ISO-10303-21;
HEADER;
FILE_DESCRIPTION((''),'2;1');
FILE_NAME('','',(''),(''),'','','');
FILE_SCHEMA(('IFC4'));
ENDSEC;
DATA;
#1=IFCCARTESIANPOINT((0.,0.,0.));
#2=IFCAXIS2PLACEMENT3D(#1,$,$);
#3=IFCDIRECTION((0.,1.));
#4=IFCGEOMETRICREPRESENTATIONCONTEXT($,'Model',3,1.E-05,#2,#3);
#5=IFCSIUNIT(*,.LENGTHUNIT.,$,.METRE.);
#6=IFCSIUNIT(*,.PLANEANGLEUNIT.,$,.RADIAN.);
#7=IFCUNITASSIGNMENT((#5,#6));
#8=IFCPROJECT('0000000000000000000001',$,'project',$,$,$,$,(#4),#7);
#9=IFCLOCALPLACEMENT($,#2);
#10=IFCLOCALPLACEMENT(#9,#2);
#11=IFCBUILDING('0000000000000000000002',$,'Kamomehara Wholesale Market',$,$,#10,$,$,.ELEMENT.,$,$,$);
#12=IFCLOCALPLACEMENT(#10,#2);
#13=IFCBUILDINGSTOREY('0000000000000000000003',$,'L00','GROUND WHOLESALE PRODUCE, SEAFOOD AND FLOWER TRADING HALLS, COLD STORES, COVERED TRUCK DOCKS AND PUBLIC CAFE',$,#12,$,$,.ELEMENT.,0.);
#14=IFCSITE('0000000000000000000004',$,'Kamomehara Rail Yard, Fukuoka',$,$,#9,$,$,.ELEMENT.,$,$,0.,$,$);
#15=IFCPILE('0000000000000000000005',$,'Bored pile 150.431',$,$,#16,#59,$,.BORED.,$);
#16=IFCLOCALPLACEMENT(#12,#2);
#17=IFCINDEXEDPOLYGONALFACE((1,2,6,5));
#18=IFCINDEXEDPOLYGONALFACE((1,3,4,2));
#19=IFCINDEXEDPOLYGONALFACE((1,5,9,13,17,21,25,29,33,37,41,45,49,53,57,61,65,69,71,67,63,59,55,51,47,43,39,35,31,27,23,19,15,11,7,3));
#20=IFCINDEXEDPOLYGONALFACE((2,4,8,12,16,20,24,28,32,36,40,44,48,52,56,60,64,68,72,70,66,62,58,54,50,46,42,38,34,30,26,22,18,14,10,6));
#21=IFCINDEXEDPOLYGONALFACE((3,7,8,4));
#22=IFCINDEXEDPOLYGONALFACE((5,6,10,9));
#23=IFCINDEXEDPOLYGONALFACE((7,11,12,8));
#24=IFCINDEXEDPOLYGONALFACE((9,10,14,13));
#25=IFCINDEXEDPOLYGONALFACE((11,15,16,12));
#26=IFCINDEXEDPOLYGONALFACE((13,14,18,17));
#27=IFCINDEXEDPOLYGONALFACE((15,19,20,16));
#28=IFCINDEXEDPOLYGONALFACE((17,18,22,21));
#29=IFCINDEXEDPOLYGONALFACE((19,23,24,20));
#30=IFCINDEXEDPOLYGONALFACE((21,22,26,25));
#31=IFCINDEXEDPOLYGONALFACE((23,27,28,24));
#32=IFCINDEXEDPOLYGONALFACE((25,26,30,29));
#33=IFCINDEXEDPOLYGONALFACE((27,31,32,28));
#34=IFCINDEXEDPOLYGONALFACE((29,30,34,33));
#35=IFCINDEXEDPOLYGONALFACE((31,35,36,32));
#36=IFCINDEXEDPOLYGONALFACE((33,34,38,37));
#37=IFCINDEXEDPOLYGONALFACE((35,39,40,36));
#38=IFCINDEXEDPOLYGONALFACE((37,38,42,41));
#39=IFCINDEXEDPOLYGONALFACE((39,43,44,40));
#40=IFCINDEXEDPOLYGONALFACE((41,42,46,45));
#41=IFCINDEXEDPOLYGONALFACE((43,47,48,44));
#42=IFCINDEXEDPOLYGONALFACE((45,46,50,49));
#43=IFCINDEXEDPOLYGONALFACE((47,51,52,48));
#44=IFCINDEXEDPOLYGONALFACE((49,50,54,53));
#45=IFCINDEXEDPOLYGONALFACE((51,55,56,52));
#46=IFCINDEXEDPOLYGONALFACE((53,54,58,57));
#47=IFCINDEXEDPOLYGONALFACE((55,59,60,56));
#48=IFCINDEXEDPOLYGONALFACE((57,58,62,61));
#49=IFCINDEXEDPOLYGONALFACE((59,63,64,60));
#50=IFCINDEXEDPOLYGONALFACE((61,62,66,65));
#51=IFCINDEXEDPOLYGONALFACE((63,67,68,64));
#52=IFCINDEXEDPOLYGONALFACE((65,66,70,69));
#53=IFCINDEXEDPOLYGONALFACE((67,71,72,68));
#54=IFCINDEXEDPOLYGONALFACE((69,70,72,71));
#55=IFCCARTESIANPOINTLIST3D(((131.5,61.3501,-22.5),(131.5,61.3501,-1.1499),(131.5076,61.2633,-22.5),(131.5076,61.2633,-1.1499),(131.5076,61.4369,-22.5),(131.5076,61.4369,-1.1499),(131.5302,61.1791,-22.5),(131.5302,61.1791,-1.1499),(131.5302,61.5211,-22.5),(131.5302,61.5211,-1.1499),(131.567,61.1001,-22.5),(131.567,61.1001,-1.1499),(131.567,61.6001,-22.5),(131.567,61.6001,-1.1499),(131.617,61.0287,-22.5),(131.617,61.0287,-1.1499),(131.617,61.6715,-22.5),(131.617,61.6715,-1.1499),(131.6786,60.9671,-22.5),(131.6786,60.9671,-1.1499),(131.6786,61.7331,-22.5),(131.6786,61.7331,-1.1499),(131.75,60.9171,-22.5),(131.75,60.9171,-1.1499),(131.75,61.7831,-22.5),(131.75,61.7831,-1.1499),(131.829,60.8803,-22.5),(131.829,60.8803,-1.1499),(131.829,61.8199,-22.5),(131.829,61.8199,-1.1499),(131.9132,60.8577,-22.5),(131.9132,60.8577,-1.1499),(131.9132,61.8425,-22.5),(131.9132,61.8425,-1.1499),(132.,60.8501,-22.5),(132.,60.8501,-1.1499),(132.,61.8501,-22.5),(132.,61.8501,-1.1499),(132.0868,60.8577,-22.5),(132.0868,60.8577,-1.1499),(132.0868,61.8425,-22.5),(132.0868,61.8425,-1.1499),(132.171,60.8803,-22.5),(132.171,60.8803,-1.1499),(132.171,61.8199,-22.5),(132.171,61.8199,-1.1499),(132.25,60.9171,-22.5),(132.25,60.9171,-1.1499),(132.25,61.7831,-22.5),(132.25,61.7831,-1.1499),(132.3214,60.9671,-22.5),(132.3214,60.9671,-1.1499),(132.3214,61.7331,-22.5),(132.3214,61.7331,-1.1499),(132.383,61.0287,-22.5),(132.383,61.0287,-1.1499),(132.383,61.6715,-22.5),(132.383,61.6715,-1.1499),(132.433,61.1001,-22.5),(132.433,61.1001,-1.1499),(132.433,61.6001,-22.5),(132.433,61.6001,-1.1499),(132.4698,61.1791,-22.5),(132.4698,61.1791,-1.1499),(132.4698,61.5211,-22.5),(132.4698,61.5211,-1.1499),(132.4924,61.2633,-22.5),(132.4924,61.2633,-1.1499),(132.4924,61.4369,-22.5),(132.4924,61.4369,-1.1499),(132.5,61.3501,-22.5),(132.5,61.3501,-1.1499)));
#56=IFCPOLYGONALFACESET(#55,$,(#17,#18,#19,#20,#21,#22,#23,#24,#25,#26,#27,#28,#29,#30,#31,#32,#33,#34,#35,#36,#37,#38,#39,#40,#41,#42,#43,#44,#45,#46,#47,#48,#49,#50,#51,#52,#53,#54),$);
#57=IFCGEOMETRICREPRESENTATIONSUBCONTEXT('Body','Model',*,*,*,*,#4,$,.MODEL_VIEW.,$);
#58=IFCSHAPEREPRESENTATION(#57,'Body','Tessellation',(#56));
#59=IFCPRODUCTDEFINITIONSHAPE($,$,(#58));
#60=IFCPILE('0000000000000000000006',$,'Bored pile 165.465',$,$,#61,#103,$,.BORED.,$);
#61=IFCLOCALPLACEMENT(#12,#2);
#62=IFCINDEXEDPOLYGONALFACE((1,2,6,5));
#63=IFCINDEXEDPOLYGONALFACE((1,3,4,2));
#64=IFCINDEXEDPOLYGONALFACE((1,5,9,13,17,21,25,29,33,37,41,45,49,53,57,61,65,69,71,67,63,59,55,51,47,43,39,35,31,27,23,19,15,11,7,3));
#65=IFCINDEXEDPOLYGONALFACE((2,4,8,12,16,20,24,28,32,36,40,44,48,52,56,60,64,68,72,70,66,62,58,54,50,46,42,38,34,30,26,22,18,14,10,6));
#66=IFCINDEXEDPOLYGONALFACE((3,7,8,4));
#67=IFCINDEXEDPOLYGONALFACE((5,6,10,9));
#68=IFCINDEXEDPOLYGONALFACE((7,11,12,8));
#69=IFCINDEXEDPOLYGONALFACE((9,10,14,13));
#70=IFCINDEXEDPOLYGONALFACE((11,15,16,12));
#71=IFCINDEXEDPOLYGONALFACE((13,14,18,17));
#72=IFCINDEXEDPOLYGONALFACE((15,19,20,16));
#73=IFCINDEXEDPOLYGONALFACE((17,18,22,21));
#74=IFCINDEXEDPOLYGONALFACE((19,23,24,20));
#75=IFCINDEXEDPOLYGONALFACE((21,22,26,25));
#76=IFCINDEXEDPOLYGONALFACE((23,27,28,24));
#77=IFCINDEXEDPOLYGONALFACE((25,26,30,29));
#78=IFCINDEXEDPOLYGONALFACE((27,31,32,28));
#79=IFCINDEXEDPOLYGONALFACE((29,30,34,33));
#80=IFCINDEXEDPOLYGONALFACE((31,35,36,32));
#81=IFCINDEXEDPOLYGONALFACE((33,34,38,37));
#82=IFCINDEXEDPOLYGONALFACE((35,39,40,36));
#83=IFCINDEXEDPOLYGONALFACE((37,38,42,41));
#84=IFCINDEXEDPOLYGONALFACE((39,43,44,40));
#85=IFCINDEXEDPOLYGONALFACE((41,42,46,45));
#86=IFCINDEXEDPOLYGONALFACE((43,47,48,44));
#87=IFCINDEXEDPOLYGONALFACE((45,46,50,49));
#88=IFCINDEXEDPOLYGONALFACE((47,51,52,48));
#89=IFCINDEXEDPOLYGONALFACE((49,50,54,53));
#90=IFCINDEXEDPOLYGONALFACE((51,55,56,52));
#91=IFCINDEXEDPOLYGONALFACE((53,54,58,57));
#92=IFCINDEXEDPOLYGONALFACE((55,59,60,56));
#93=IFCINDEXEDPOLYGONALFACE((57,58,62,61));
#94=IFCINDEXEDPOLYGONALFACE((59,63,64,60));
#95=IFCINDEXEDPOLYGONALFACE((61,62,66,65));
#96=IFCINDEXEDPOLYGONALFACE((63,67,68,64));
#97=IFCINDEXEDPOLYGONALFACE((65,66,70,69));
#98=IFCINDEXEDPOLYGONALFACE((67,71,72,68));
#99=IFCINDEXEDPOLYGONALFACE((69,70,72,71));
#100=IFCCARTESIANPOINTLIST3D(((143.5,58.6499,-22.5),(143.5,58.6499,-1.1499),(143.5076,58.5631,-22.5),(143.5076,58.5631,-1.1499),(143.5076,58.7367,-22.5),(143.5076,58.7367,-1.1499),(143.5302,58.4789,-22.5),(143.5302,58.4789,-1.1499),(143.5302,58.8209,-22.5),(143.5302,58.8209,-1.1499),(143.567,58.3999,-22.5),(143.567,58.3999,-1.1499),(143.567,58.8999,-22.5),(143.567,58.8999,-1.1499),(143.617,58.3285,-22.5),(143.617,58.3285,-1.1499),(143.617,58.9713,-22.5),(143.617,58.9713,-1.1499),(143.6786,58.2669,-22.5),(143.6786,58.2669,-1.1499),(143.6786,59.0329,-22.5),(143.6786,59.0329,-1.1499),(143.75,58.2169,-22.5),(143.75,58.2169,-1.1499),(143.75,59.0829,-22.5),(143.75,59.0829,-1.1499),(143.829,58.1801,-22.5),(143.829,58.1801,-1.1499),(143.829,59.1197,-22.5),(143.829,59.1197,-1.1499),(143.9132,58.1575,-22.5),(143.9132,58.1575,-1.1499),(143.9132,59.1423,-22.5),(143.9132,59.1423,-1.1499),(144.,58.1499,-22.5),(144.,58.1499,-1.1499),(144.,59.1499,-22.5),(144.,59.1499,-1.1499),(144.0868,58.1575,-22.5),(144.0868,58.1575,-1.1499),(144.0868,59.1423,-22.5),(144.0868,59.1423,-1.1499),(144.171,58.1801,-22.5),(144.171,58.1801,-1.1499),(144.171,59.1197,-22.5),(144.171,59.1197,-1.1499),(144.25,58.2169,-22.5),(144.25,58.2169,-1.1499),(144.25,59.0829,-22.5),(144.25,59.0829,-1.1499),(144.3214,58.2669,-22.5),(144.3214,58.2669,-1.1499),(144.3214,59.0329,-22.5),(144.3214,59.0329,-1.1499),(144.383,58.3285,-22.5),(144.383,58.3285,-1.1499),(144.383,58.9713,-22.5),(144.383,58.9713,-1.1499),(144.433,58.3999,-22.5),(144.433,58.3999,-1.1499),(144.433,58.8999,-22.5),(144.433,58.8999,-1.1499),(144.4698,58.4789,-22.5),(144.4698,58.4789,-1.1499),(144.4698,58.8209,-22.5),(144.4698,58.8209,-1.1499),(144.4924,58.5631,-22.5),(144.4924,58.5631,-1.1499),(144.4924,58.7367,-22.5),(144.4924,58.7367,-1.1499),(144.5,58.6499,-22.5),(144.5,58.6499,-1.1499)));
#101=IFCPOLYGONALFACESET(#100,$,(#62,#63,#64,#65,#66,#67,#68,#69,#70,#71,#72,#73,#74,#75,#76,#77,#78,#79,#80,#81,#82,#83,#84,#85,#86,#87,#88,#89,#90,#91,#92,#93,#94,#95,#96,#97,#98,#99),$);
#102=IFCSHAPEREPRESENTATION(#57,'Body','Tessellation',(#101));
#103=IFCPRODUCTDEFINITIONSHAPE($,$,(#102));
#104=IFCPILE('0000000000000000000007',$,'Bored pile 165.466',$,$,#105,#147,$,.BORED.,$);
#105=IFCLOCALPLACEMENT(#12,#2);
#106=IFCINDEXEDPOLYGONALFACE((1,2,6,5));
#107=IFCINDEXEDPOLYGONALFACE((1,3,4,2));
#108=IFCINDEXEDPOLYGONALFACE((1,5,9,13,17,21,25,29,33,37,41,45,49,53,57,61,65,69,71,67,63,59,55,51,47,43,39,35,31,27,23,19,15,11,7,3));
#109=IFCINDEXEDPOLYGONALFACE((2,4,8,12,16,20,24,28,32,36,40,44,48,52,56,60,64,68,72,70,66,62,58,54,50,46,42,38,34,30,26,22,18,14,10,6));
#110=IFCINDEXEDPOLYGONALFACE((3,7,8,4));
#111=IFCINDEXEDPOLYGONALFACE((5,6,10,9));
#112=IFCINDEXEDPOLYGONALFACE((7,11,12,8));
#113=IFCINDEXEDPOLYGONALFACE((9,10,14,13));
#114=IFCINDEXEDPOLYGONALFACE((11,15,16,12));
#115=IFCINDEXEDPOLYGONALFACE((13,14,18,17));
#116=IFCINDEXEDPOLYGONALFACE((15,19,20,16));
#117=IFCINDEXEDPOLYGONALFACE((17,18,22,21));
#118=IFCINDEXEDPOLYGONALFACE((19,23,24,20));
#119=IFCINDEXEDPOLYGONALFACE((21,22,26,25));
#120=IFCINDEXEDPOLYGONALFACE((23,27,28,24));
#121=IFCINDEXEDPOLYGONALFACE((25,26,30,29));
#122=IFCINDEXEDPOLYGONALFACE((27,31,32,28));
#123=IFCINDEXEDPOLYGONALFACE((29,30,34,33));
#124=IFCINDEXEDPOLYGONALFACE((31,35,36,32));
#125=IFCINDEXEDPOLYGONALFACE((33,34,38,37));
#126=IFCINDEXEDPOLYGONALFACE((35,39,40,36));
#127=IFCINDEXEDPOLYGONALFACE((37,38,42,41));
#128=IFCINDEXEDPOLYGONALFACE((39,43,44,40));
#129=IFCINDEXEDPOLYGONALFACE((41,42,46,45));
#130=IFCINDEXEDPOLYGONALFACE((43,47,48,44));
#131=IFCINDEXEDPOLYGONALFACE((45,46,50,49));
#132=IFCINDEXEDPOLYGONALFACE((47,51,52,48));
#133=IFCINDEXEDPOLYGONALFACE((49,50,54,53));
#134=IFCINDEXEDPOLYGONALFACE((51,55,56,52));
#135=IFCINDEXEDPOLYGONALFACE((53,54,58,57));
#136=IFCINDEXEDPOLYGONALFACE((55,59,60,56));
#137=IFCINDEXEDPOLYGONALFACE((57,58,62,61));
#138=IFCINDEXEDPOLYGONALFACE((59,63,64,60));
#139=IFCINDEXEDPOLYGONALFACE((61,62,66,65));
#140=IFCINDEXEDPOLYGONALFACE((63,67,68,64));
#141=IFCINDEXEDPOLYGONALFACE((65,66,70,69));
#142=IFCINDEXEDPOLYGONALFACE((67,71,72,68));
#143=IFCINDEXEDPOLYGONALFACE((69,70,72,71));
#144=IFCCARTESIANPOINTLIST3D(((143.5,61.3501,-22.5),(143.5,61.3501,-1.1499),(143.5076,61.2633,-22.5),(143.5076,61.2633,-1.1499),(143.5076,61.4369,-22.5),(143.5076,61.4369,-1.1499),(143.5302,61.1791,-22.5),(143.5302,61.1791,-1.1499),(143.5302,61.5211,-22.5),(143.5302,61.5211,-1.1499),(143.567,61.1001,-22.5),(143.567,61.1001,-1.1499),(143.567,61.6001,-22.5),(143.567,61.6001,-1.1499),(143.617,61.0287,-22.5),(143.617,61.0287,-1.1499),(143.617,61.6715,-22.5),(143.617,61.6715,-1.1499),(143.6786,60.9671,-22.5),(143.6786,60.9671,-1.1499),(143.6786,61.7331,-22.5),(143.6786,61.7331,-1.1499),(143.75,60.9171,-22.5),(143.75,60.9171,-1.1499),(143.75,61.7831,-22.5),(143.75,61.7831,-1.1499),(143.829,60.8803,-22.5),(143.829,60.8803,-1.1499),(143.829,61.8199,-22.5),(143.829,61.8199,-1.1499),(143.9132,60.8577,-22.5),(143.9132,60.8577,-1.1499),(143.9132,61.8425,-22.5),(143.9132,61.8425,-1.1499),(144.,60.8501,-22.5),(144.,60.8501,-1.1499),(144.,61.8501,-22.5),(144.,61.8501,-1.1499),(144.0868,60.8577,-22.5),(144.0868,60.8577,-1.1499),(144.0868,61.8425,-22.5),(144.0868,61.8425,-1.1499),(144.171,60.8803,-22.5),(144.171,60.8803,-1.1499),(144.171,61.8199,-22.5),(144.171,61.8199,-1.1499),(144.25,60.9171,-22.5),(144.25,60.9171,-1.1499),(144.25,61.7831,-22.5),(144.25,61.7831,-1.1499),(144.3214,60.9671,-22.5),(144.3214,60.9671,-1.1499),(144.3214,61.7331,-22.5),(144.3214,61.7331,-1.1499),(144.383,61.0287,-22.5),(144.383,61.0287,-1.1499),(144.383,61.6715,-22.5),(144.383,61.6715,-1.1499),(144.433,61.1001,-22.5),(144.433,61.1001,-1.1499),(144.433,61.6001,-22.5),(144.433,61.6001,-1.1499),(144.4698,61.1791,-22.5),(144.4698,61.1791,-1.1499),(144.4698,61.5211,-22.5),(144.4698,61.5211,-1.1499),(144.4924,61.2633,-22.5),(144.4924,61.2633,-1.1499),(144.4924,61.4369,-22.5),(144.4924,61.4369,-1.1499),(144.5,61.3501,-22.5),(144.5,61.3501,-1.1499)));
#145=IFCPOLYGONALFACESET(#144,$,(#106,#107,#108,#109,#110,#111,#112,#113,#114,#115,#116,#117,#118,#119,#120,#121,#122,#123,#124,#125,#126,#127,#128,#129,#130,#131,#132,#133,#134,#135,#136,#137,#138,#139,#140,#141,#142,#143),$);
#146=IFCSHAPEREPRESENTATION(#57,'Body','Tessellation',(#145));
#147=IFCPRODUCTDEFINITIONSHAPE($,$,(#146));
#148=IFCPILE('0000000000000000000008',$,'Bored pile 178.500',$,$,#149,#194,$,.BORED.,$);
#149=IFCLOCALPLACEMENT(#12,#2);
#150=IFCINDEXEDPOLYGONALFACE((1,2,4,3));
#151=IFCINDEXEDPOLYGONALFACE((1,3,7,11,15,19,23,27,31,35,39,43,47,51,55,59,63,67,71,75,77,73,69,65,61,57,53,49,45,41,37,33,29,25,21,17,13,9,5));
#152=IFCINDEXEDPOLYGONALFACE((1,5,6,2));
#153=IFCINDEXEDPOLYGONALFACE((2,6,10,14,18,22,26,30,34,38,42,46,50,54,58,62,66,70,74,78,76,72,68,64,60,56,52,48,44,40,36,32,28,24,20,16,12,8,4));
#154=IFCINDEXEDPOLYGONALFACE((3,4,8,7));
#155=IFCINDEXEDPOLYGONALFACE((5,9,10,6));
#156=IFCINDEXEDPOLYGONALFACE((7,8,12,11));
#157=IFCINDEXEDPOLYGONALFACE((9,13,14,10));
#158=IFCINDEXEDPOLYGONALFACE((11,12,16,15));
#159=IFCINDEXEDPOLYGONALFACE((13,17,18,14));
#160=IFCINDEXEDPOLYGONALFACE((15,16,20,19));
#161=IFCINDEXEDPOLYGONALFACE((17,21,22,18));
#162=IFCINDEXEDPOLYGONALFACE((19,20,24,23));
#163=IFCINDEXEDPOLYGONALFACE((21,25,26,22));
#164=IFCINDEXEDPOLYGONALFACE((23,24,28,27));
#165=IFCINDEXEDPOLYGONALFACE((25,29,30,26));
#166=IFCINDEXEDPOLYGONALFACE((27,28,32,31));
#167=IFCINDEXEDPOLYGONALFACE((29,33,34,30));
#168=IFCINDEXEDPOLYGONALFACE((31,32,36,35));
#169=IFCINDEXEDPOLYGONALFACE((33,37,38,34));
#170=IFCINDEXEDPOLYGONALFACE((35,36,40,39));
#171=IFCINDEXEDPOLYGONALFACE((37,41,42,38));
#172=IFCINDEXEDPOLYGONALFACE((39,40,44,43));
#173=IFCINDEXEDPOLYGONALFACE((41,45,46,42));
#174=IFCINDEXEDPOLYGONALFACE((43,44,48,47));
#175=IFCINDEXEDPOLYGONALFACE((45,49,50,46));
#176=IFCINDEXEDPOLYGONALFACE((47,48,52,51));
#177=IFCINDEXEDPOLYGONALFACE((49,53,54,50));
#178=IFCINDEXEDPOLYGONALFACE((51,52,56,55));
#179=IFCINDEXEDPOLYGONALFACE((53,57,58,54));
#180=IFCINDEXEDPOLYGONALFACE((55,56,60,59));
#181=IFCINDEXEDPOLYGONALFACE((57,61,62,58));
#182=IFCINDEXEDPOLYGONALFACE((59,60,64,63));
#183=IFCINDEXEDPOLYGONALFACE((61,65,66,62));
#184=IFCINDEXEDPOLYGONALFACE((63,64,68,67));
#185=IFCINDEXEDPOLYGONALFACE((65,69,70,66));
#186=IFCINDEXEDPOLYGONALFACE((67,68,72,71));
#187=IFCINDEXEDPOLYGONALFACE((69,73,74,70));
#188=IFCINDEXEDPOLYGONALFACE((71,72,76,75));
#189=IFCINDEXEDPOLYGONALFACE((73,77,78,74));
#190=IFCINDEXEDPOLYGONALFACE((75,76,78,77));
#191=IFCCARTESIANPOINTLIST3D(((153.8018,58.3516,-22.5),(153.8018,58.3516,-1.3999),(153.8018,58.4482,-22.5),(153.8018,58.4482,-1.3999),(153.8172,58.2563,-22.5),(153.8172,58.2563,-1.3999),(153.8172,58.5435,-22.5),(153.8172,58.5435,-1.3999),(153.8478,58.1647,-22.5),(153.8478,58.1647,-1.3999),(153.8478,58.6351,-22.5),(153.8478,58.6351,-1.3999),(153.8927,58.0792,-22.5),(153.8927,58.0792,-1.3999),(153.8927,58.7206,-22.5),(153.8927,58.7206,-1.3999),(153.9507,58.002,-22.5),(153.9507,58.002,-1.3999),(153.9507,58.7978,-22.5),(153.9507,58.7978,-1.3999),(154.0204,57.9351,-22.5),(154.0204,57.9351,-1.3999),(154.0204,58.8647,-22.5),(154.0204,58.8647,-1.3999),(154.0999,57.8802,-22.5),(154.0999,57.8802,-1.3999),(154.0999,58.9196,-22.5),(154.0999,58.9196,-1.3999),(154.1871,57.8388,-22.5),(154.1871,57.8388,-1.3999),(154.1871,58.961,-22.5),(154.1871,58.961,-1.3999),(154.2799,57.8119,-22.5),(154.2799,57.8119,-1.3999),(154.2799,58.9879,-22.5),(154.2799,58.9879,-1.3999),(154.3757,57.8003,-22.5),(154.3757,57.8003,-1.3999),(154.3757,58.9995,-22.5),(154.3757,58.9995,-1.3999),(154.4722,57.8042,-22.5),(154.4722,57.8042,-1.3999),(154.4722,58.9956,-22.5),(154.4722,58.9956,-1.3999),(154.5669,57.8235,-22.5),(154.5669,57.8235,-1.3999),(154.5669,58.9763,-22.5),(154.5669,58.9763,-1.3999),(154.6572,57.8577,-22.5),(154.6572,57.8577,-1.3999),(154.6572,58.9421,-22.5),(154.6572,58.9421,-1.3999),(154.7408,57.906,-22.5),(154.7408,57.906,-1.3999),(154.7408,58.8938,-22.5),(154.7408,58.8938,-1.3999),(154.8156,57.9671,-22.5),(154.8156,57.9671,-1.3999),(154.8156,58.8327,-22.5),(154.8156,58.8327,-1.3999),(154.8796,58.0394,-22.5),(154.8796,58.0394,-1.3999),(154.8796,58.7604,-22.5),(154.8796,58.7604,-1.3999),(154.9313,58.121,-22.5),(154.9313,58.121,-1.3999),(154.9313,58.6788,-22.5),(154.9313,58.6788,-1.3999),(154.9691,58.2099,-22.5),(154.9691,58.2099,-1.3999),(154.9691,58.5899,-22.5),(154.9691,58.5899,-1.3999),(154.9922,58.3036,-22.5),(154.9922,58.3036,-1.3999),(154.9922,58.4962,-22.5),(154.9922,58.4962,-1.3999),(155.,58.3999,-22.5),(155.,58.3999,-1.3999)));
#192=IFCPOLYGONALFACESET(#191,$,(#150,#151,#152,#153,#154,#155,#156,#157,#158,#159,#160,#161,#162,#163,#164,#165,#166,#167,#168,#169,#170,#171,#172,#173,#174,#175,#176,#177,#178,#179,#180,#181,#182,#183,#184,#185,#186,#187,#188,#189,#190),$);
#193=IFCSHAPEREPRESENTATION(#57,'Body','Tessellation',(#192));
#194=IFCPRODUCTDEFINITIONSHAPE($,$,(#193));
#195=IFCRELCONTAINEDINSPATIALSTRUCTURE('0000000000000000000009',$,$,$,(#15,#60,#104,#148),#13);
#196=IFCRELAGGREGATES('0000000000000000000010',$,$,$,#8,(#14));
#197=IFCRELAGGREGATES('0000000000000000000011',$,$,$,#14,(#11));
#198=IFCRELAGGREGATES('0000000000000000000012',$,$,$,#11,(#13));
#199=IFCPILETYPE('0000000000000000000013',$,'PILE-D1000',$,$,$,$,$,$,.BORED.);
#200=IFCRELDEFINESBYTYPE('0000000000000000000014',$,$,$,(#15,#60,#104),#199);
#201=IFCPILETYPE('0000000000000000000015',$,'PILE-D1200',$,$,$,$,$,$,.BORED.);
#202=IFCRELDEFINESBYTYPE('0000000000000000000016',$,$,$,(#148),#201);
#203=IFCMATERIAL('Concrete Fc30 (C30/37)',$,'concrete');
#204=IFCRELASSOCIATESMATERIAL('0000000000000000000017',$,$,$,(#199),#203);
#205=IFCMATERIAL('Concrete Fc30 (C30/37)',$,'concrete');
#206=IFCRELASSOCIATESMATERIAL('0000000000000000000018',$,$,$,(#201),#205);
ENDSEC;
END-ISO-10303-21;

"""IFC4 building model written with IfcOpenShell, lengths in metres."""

from ifc_helpers import new_model, si_unit, direction, frame, origin, origin_2d, place, context, subcontext, project, spatial, circle, extrude, material, material_profile, profile_set, type_object, element, save


model = new_model("IFC4")

# Units and contexts
model_context = context("Model", 3, precision=1e-05, world=origin(), true_north=direction((0.0, 1.0)))
body_context = subcontext(model_context, "Body", "Model", "MODEL_VIEW")
ifc_project = project(units=[si_unit("LENGTHUNIT", "METRE"), si_unit("PLANEANGLEUNIT", "RADIAN")], contexts=[model_context])

# Site, building, storey
site_placement = place(None, origin())
site = spatial("IfcSite", under=ifc_project, at=site_placement, Name="Kamomehara Rail Yard, Fukuoka", CompositionType="ELEMENT", RefElevation=0.0)
building_placement = place(site_placement, origin())
building = spatial("IfcBuilding", under=site, at=building_placement, Name="Kamomehara Wholesale Market", CompositionType="ELEMENT")
storey_placement = place(building_placement, origin())
storey = spatial("IfcBuildingStorey", under=building, at=storey_placement, Name="L00", Description="GROUND WHOLESALE PRODUCE, SEAFOOD AND FLOWER TRADING HALLS, COLD STORES, COVERED TRUCK DOCKS AND PUBLIC CAFE", CompositionType="ELEMENT", Elevation=0.0)

# Piles
ifc_material_1 = material(Name="Concrete Fc30 (C30/37)", Category="concrete")
ifc_material_profile_1 = material_profile(ifc_material_1, circle(Radius=0.5, at=origin_2d()), Name="RC-PILE-D1000")
ifc_profile_set_1 = profile_set([ifc_material_profile_1], Name="Concrete Fc30 (C30/37)")
pile_type_1 = type_object("IfcPileType", Name="PILE-D1000", PredefinedType="BORED", material=ifc_profile_set_1)
for number, where, z_axis, x_axis, name in (
    (1, (132.0, 61.3501, -1.1499), (0.0, 0.0, -1.0), (1.0, 0.0, 0.0), "Bored pile 150.431"),
    (2, (144.0, 58.6499, -1.1499), (0.0, 0.0, -1.0), (1.0, 0.0, 0.0), "Bored pile 165.465"),
    (3, (144.0, 61.3501, -1.1499), (0.0, 0.0, -1.0), (1.0, 0.0, 0.0), "Bored pile 165.466"),
):
    element("IfcPile", number, at=place(storey_placement, frame(where, z_axis=z_axis, x_axis=x_axis)), inside=storey, type_object=pile_type_1, Name=name, PredefinedType="BORED", context=body_context, shape_type="SweptSolid", body=[
        extrude(circle(Radius=0.5, at=origin_2d()), origin(), (0.0, 0.0, 1.0), 21.3501),
    ])
ifc_material_2 = material(Name="Concrete Fc30 (C30/37)", Category="concrete")
ifc_material_profile_2 = material_profile(ifc_material_2, circle(Radius=0.6001, at=origin_2d()), Name="RC-PILE-D1200")
ifc_profile_set_2 = profile_set([ifc_material_profile_2], Name="Concrete Fc30 (C30/37)")
pile_type_2 = type_object("IfcPileType", Name="PILE-D1200", PredefinedType="BORED", material=ifc_profile_set_2)
for number, where, z_axis, x_axis, name in (
    (4, (154.3999, 58.3999, -1.3999), (0.0, 0.0, -1.0), (1.0, 0.0, 0.0), "Bored pile 178.500"),
):
    element("IfcPile", number, at=place(storey_placement, frame(where, z_axis=z_axis, x_axis=x_axis)), inside=storey, type_object=pile_type_2, Name=name, PredefinedType="BORED", context=body_context, shape_type="SweptSolid", body=[
        extrude(circle(Radius=0.6001, at=origin_2d()), origin(), (0.0, 0.0, 1.0), 21.1001),
    ])

save(model, "model.ifc")
